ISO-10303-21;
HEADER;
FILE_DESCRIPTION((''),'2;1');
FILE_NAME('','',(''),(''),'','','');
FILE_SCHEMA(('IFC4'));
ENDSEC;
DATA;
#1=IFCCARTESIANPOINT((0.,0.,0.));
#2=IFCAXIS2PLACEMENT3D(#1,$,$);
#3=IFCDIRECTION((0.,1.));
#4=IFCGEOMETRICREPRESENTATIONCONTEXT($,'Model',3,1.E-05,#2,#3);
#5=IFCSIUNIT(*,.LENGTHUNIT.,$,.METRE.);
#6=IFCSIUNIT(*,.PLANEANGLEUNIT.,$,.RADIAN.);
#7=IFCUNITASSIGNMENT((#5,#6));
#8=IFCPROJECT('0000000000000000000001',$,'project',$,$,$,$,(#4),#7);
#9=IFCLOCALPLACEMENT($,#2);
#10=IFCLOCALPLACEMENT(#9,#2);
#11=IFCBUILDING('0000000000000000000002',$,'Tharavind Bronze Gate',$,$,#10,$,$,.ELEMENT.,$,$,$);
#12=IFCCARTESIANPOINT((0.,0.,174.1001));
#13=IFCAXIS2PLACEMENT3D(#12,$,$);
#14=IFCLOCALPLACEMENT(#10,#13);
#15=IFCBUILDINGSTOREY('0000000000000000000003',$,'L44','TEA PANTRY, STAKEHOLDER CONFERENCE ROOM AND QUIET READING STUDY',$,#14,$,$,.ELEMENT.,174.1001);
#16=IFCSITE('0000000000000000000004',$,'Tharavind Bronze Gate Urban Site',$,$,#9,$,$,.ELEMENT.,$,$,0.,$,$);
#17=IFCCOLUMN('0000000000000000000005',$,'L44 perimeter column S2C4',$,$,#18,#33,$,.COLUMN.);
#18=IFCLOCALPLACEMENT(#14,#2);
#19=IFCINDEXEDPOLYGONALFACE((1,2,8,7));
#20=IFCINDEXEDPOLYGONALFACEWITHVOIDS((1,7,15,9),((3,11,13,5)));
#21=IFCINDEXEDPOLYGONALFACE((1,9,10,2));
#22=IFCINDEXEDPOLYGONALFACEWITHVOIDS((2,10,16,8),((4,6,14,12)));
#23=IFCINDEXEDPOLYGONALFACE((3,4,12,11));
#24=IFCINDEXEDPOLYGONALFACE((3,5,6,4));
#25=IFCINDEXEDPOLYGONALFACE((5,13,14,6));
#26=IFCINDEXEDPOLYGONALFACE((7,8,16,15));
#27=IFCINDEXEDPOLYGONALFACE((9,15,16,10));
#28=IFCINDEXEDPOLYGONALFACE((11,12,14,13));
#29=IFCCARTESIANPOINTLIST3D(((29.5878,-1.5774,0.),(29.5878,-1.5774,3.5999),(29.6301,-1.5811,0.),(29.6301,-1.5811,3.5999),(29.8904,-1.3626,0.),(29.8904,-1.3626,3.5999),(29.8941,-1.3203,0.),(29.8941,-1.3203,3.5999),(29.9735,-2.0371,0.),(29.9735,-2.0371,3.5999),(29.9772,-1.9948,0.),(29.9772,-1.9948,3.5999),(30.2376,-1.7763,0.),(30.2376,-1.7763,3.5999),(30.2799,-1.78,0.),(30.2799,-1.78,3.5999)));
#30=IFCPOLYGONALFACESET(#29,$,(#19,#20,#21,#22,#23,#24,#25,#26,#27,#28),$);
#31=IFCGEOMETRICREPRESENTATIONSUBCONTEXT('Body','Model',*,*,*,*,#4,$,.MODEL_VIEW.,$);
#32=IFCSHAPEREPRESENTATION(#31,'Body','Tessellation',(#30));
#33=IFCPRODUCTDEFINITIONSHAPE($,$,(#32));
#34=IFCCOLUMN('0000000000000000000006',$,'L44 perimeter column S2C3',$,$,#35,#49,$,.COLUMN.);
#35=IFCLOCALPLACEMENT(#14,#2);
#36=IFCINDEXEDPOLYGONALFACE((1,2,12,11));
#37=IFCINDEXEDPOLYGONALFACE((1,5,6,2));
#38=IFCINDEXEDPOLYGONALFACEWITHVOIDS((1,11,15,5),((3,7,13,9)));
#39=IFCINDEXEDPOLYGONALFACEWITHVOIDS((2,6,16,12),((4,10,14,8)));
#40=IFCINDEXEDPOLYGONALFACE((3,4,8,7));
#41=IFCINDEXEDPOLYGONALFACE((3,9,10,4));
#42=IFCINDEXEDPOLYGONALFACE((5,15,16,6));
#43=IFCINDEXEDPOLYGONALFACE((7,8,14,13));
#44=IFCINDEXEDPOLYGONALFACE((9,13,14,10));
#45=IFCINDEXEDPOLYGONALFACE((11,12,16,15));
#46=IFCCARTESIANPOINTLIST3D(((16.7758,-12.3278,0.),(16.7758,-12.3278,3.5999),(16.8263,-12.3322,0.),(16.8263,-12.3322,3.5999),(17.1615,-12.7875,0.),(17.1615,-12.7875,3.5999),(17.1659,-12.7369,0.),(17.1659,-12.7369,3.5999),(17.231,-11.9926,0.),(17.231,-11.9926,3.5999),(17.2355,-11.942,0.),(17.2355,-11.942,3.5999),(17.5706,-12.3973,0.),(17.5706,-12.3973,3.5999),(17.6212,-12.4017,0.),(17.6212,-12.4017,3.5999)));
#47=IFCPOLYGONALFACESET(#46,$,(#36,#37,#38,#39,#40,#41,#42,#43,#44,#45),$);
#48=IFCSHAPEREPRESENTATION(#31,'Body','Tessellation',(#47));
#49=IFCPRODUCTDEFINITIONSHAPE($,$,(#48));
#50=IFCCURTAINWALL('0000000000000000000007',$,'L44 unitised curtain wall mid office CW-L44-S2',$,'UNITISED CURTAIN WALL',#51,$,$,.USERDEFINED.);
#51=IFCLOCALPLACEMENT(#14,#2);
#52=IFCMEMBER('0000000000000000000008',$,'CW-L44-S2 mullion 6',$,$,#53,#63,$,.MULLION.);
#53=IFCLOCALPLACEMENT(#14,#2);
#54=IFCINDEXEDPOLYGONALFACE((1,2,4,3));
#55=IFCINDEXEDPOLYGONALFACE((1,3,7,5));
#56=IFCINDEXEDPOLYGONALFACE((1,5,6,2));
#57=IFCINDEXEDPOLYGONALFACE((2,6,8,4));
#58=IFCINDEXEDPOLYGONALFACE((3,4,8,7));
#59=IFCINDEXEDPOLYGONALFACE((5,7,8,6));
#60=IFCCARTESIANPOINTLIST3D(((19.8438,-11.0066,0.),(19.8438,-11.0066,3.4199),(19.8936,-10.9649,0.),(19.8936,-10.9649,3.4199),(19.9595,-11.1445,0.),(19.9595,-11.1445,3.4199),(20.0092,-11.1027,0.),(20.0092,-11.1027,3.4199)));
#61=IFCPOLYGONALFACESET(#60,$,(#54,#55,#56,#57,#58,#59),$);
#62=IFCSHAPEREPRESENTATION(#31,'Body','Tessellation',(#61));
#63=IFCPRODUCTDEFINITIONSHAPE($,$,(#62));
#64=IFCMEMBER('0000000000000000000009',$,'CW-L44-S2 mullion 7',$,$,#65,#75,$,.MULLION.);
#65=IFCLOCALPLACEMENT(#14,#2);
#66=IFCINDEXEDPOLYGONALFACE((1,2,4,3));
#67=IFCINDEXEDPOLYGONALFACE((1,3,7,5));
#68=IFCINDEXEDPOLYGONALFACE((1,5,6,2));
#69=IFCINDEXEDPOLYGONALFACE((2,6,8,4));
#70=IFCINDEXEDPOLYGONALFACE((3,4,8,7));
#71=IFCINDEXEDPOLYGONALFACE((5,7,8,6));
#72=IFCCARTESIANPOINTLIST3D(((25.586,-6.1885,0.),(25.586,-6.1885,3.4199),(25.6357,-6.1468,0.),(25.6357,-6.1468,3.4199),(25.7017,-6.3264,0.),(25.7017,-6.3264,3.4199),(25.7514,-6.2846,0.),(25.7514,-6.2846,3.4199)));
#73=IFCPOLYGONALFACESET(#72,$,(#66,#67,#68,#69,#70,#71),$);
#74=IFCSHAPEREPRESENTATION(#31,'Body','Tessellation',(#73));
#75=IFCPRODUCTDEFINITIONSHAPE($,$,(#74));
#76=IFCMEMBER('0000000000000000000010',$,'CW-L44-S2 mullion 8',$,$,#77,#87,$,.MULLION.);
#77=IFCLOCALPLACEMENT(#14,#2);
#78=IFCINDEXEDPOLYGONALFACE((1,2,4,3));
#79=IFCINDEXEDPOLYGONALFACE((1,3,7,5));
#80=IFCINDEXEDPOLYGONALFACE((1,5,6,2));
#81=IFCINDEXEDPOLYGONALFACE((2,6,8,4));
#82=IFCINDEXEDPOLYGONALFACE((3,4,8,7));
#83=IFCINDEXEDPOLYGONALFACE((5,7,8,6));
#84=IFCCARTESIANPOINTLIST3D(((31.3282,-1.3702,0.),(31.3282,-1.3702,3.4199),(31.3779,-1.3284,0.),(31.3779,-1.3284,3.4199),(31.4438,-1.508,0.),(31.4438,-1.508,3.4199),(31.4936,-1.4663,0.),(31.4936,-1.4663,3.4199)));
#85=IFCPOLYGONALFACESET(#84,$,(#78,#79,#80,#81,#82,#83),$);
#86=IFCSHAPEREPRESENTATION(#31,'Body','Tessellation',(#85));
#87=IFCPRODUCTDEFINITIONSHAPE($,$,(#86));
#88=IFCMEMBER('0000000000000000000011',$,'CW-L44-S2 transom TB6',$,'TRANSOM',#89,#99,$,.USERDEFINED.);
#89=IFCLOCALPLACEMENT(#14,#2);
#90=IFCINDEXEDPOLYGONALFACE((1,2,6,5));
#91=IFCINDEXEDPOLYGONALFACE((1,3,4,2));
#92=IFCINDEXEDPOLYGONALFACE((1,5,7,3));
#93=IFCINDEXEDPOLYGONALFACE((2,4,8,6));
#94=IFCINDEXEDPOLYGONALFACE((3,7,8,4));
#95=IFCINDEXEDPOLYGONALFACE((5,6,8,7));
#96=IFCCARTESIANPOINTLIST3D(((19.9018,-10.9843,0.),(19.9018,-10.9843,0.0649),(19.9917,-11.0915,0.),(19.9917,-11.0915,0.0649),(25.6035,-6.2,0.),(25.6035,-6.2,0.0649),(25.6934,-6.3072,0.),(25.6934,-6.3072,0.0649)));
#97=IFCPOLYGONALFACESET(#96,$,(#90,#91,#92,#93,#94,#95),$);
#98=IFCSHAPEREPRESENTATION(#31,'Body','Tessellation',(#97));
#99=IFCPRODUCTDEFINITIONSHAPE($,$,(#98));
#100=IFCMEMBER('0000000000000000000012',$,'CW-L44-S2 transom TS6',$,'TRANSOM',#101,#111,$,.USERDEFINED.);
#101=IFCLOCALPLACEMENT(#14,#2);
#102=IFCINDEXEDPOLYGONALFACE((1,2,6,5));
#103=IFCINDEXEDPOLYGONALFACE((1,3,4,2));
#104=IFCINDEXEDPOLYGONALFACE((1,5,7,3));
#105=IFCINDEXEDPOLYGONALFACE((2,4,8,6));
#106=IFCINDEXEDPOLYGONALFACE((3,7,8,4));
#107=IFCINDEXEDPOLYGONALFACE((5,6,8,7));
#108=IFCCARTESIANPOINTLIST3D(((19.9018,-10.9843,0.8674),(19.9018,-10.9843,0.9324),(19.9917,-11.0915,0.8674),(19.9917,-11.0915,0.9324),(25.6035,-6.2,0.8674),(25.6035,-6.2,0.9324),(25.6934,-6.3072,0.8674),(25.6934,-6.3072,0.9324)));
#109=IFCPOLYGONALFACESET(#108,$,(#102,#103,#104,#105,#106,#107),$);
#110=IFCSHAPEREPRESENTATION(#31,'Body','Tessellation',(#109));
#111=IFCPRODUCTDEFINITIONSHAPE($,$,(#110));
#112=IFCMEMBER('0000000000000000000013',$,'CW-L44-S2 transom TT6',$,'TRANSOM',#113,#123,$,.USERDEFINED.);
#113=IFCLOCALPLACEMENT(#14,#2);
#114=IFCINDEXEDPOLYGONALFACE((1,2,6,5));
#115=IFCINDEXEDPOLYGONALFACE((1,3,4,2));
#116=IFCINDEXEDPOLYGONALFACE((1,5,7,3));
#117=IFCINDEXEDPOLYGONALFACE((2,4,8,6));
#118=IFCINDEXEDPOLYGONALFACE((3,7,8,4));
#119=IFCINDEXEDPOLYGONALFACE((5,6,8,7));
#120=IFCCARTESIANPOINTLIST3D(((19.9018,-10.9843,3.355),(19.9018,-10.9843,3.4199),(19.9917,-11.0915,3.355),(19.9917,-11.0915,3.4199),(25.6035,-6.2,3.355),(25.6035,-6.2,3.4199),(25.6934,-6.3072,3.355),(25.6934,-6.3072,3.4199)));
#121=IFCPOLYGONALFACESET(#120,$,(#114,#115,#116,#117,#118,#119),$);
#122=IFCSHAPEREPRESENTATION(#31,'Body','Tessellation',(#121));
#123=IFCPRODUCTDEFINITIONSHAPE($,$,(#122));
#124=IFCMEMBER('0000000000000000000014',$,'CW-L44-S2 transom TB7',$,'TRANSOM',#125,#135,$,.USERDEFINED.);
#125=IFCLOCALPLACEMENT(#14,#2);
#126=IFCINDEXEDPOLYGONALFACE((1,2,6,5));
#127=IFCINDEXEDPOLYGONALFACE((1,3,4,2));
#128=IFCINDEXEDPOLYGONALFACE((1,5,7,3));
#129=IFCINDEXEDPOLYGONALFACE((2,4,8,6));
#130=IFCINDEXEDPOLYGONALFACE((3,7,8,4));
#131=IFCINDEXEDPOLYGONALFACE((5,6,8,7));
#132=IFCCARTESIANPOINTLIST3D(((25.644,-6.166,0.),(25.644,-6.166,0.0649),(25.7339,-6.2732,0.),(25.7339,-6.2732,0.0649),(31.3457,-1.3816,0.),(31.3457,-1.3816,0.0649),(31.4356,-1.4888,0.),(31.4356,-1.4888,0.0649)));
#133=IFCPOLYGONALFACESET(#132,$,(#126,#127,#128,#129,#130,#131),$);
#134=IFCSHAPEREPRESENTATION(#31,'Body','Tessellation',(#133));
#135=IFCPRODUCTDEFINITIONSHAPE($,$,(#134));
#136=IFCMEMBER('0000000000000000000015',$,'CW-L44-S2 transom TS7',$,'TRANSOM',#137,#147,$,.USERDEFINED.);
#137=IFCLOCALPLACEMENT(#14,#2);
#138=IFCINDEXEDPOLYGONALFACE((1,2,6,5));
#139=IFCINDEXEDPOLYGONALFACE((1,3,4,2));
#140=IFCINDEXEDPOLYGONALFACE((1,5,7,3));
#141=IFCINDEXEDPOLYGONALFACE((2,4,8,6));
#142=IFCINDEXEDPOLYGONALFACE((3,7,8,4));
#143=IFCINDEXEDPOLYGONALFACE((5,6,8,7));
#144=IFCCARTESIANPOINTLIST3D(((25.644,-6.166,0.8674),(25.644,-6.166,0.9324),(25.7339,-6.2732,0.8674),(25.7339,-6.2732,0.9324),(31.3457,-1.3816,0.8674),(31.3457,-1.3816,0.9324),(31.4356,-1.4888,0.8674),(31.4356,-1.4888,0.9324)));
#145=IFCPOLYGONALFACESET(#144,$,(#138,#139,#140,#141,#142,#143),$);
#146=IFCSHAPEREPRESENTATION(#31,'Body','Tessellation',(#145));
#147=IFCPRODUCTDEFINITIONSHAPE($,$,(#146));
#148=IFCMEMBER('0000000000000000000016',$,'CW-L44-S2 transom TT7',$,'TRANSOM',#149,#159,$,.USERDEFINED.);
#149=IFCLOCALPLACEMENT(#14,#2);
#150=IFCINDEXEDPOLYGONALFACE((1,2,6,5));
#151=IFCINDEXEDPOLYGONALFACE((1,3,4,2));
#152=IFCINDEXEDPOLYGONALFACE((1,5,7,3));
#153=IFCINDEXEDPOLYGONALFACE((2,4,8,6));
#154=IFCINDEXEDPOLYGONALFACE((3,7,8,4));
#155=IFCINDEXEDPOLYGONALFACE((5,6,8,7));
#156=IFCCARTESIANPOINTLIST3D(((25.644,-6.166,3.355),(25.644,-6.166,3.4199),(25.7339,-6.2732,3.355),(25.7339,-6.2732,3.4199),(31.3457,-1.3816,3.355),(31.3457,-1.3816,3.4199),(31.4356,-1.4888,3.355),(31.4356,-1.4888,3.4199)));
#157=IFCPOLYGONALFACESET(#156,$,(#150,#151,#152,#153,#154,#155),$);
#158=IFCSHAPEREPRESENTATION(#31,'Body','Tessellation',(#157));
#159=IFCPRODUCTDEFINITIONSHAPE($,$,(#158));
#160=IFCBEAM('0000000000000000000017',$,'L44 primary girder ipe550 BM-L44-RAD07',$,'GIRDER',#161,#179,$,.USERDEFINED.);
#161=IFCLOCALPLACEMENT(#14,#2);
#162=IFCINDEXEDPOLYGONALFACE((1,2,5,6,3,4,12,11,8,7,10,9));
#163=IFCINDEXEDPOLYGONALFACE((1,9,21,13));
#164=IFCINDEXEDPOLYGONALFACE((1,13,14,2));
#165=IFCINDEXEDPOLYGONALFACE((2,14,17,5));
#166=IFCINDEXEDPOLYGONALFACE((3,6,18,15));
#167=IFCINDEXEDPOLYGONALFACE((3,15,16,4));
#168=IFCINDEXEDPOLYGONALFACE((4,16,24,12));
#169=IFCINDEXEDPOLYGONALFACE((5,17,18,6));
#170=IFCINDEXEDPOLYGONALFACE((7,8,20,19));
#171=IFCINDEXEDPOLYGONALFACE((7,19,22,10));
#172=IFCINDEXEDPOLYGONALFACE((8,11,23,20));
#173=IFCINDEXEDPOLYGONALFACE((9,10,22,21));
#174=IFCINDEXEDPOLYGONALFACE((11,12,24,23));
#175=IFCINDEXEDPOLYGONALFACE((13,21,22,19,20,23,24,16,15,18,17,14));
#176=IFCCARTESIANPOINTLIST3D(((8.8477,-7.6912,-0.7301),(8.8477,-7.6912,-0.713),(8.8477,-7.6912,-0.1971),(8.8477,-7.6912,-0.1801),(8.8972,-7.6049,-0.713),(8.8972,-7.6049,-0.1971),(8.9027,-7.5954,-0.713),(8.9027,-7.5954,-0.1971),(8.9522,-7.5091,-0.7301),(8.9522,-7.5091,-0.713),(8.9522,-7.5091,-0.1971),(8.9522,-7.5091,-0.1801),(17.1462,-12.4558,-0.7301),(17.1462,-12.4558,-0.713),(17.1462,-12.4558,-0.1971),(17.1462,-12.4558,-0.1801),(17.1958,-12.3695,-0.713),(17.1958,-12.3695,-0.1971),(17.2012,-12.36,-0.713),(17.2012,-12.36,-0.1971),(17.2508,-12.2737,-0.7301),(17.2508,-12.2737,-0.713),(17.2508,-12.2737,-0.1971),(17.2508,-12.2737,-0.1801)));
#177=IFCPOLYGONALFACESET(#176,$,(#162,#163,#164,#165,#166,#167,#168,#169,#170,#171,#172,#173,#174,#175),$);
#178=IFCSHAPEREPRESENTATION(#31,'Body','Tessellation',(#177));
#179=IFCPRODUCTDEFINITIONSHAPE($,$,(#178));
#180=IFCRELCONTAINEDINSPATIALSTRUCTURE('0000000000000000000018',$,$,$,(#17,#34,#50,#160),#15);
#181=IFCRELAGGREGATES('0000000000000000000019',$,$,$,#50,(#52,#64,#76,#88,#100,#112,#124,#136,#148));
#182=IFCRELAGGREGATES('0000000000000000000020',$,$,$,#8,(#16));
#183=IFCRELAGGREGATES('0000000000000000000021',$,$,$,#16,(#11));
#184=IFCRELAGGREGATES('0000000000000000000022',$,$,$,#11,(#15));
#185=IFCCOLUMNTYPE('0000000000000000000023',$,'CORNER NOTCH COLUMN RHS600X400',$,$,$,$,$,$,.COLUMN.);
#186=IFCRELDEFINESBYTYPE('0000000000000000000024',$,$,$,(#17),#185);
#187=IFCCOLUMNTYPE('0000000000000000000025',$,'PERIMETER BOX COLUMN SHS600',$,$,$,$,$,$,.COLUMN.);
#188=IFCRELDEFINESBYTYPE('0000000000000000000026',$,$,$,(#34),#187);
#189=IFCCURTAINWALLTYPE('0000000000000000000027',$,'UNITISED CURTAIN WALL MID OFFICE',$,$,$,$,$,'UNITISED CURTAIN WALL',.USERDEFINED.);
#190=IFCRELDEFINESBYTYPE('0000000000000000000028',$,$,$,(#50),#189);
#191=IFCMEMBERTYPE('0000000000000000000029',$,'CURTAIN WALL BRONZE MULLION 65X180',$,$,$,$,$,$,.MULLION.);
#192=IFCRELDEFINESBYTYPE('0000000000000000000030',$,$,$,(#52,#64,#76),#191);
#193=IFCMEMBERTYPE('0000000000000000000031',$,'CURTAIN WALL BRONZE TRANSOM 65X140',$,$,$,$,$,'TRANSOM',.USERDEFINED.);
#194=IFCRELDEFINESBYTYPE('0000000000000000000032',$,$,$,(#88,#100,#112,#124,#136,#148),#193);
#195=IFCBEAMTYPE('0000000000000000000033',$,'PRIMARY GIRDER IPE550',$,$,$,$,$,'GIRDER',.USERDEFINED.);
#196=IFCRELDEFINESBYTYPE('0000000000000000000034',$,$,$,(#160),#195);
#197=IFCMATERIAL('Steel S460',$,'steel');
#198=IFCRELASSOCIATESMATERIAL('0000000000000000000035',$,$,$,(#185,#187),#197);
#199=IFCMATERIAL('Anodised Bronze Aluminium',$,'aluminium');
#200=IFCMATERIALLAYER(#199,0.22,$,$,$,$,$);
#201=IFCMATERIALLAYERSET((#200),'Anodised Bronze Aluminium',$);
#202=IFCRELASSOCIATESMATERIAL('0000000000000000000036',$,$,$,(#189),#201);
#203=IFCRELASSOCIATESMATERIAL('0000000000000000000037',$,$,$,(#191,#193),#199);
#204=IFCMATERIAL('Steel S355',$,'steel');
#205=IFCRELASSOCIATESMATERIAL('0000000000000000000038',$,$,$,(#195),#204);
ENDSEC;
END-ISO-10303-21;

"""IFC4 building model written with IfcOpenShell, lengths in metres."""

from ifc_helpers import new_model, si_unit, direction, frame, origin, origin_2d, place, context, subcontext, project, spatial, rectangle, hollow_rectangle, i_section, extrude, material, layer, layer_set, material_profile, profile_set, type_object, element, aggregate, save


model = new_model("IFC4")

# Units and contexts
model_context = context("Model", 3, precision=1e-05, world=origin(), true_north=direction((0.0, 1.0)))
body_context = subcontext(model_context, "Body", "Model", "MODEL_VIEW")
ifc_project = project(units=[si_unit("LENGTHUNIT", "METRE"), si_unit("PLANEANGLEUNIT", "RADIAN")], contexts=[model_context])

# Site, building, storey
site_placement = place(None, origin())
site = spatial("IfcSite", under=ifc_project, at=site_placement, Name="Tharavind Bronze Gate Urban Site", CompositionType="ELEMENT", RefElevation=0.0)
building_placement = place(site_placement, origin())
building = spatial("IfcBuilding", under=site, at=building_placement, Name="Tharavind Bronze Gate", CompositionType="ELEMENT")
storey_placement = place(building_placement, frame((0.0, 0.0, 174.1001)))
storey = spatial("IfcBuildingStorey", under=building, at=storey_placement, Name="L44", Description="TEA PANTRY, STAKEHOLDER CONFERENCE ROOM AND QUIET READING STUDY", CompositionType="ELEMENT", Elevation=174.1001)

# Columns
ifc_material_1 = material(Name="Steel S460", Category="steel")
ifc_material_profile_1 = material_profile(ifc_material_1, hollow_rectangle(XDim=0.3999, YDim=0.6001, WallThickness=0.03, at=origin_2d()), Name="RHS600X400X30")
ifc_profile_set_1 = profile_set([ifc_material_profile_1], Name="Steel S460")
column_type_1 = type_object("IfcColumnType", Name="CORNER NOTCH COLUMN RHS600X400", PredefinedType="COLUMN", material=ifc_profile_set_1)
column_1_placement = place(storey_placement, frame((29.9338, -1.6787, 0.0), z_axis=(0.0, 0.0, 1.0), x_axis=(0.766043, 0.642789, 0.0)))
element("IfcColumn", 1, at=column_1_placement, inside=storey, type_object=column_type_1, Name="L44 perimeter column S2C4", PredefinedType="COLUMN", context=body_context, shape_type="SweptSolid", body=[
    extrude(hollow_rectangle(XDim=0.3999, YDim=0.6001, WallThickness=0.03, at=origin_2d()), origin(), (0.0, 0.0, 1.0), 3.5999),
])
ifc_material_profile_2 = material_profile(ifc_material_1, hollow_rectangle(XDim=0.6001, YDim=0.6001, WallThickness=0.0359, at=origin_2d()), Name="SHS600X36")
ifc_profile_set_2 = profile_set([ifc_material_profile_2], Name="Steel S460")
column_type_2 = type_object("IfcColumnType", Name="PERIMETER BOX COLUMN SHS600", PredefinedType="COLUMN", material=ifc_profile_set_2)
column_2_placement = place(storey_placement, frame((17.1985, -12.3647, 0.0), z_axis=(0.0, 0.0, 1.0), x_axis=(0.766043, 0.642789, 0.0)))
element("IfcColumn", 2, at=column_2_placement, inside=storey, type_object=column_type_2, Name="L44 perimeter column S2C3", PredefinedType="COLUMN", context=body_context, shape_type="SweptSolid", body=[
    extrude(hollow_rectangle(XDim=0.6001, YDim=0.6001, WallThickness=0.0359, at=origin_2d()), origin(), (0.0, 0.0, 1.0), 3.5999),
])

# Curtain wall, members
ifc_material_2 = material(Name="Anodised Bronze Aluminium", Category="aluminium")
ifc_layer_1 = layer(ifc_material_2, 0.22)
ifc_layer_set_1 = layer_set([ifc_layer_1], Name="Anodised Bronze Aluminium")
curtain_wall_type = type_object("IfcCurtainWallType", Name="UNITISED CURTAIN WALL MID OFFICE", ElementType="UNITISED CURTAIN WALL", PredefinedType="USERDEFINED", material=ifc_layer_set_1)
curtain_wall_placement = place(storey_placement, origin())
curtain_wall = element("IfcCurtainWall", 3, at=curtain_wall_placement, inside=storey, type_object=curtain_wall_type, Name="L44 unitised curtain wall mid office CW-L44-S2", ObjectType="UNITISED CURTAIN WALL", PredefinedType="USERDEFINED")
member_type_1 = type_object("IfcMemberType", Name="CURTAIN WALL BRONZE MULLION 65X180", PredefinedType="MULLION", material=ifc_material_2)
member_1_placement = place(storey_placement, frame((19.9265, -11.0547, 0.0), z_axis=(0.0, 0.0, 1.0), x_axis=(0.766043, 0.642789, 0.0)))
member_1 = element("IfcMember", 4, at=member_1_placement, type_object=member_type_1, Name="CW-L44-S2 mullion 6", PredefinedType="MULLION", context=body_context, shape_type="SweptSolid", body=[
    extrude(rectangle(XDim=0.0649, YDim=0.1799, at=origin_2d()), origin(), (0.0, 0.0, 1.0), 3.4199),
])
member_2_placement = place(storey_placement, frame((25.6687, -6.2366, 0.0), z_axis=(0.0, 0.0, 1.0), x_axis=(0.766043, 0.642789, 0.0)))
member_2 = element("IfcMember", 5, at=member_2_placement, type_object=member_type_1, Name="CW-L44-S2 mullion 7", PredefinedType="MULLION", context=body_context, shape_type="SweptSolid", body=[
    extrude(rectangle(XDim=0.0649, YDim=0.1799, at=origin_2d()), origin(), (0.0, 0.0, 1.0), 3.4199),
])
member_3_placement = place(storey_placement, frame((31.4109, -1.4182, 0.0), z_axis=(0.0, 0.0, 1.0), x_axis=(0.766043, 0.642789, 0.0)))
member_3 = element("IfcMember", 6, at=member_3_placement, type_object=member_type_1, Name="CW-L44-S2 mullion 8", PredefinedType="MULLION", context=body_context, shape_type="SweptSolid", body=[
    extrude(rectangle(XDim=0.0649, YDim=0.1799, at=origin_2d()), origin(), (0.0, 0.0, 1.0), 3.4199),
])
member_type_2 = type_object("IfcMemberType", Name="CURTAIN WALL BRONZE TRANSOM 65X140", ElementType="TRANSOM", PredefinedType="USERDEFINED", material=ifc_material_2)
member_4_placement = place(storey_placement, frame((22.7976, -8.6458, 0.0), z_axis=(0.0, 0.0, 1.0), x_axis=(0.766043, 0.642789, 0.0)))
member_4 = element("IfcMember", 7, at=member_4_placement, type_object=member_type_2, Name="CW-L44-S2 transom TB6", ObjectType="TRANSOM", PredefinedType="USERDEFINED", context=body_context, shape_type="SweptSolid", body=[
    extrude(rectangle(XDim=7.4431, YDim=0.1399, at=origin_2d()), origin(), (0.0, 0.0, 1.0), 0.0649),
])
member_5_placement = place(storey_placement, frame((22.7976, -8.6458, 0.8674), z_axis=(0.0, 0.0, 1.0), x_axis=(0.766043, 0.642789, 0.0)))
member_5 = element("IfcMember", 8, at=member_5_placement, type_object=member_type_2, Name="CW-L44-S2 transom TS6", ObjectType="TRANSOM", PredefinedType="USERDEFINED", context=body_context, shape_type="SweptSolid", body=[
    extrude(rectangle(XDim=7.4431, YDim=0.1399, at=origin_2d()), origin(), (0.0, 0.0, 1.0), 0.0649),
])
member_6_placement = place(storey_placement, frame((22.7976, -8.6458, 3.355), z_axis=(0.0, 0.0, 1.0), x_axis=(0.766043, 0.642789, 0.0)))
member_6 = element("IfcMember", 9, at=member_6_placement, type_object=member_type_2, Name="CW-L44-S2 transom TT6", ObjectType="TRANSOM", PredefinedType="USERDEFINED", context=body_context, shape_type="SweptSolid", body=[
    extrude(rectangle(XDim=7.4431, YDim=0.1399, at=origin_2d()), origin(), (0.0, 0.0, 1.0), 0.0649),
])
member_7_placement = place(storey_placement, frame((28.5398, -3.8274, 0.0), z_axis=(0.0, 0.0, 1.0), x_axis=(0.766043, 0.642789, 0.0)))
member_7 = element("IfcMember", 10, at=member_7_placement, type_object=member_type_2, Name="CW-L44-S2 transom TB7", ObjectType="TRANSOM", PredefinedType="USERDEFINED", context=body_context, shape_type="SweptSolid", body=[
    extrude(rectangle(XDim=7.4431, YDim=0.1399, at=origin_2d()), origin(), (0.0, 0.0, 1.0), 0.0649),
])
member_8_placement = place(storey_placement, frame((28.5398, -3.8274, 0.8674), z_axis=(0.0, 0.0, 1.0), x_axis=(0.766043, 0.642789, 0.0)))
member_8 = element("IfcMember", 11, at=member_8_placement, type_object=member_type_2, Name="CW-L44-S2 transom TS7", ObjectType="TRANSOM", PredefinedType="USERDEFINED", context=body_context, shape_type="SweptSolid", body=[
    extrude(rectangle(XDim=7.4431, YDim=0.1399, at=origin_2d()), origin(), (0.0, 0.0, 1.0), 0.0649),
])
member_9_placement = place(storey_placement, frame((28.5398, -3.8274, 3.355), z_axis=(0.0, 0.0, 1.0), x_axis=(0.766043, 0.642789, 0.0)))
member_9 = element("IfcMember", 12, at=member_9_placement, type_object=member_type_2, Name="CW-L44-S2 transom TT7", ObjectType="TRANSOM", PredefinedType="USERDEFINED", context=body_context, shape_type="SweptSolid", body=[
    extrude(rectangle(XDim=7.4431, YDim=0.1399, at=origin_2d()), origin(), (0.0, 0.0, 1.0), 0.0649),
])

# Beam
ifc_material_3 = material(Name="Steel S355", Category="steel")
ifc_material_profile_3 = material_profile(ifc_material_3, i_section(OverallWidth=0.21, OverallDepth=0.55, WebThickness=0.011, FlangeThickness=0.0171, at=origin_2d()), Name="IPE550")
ifc_profile_set_3 = profile_set([ifc_material_profile_3], Name="Steel S355")
beam_type_1 = type_object("IfcBeamType", Name="PRIMARY GIRDER IPE550", ElementType="GIRDER", PredefinedType="USERDEFINED", material=ifc_profile_set_3)
beam_1_placement = place(storey_placement, frame((17.1985, -12.3647, -0.4551), z_axis=(-0.867224, 0.497918, 0.0), x_axis=(-0.497918, -0.867224, 0.0)))
element("IfcBeam", 13, at=beam_1_placement, inside=storey, type_object=beam_type_1, Name="L44 primary girder ipe550 BM-L44-RAD07", ObjectType="GIRDER", PredefinedType="USERDEFINED", context=body_context, shape_type="SweptSolid", body=[
    extrude(i_section(OverallWidth=0.21, OverallDepth=0.55, WebThickness=0.011, FlangeThickness=0.0171, at=origin_2d()), origin(), (0.0, 0.0, 1.0), 9.5691),
])

aggregate(curtain_wall, [member_1, member_2, member_3, member_4, member_5, member_6, member_7, member_8, member_9])

save(model, "model.ifc")
